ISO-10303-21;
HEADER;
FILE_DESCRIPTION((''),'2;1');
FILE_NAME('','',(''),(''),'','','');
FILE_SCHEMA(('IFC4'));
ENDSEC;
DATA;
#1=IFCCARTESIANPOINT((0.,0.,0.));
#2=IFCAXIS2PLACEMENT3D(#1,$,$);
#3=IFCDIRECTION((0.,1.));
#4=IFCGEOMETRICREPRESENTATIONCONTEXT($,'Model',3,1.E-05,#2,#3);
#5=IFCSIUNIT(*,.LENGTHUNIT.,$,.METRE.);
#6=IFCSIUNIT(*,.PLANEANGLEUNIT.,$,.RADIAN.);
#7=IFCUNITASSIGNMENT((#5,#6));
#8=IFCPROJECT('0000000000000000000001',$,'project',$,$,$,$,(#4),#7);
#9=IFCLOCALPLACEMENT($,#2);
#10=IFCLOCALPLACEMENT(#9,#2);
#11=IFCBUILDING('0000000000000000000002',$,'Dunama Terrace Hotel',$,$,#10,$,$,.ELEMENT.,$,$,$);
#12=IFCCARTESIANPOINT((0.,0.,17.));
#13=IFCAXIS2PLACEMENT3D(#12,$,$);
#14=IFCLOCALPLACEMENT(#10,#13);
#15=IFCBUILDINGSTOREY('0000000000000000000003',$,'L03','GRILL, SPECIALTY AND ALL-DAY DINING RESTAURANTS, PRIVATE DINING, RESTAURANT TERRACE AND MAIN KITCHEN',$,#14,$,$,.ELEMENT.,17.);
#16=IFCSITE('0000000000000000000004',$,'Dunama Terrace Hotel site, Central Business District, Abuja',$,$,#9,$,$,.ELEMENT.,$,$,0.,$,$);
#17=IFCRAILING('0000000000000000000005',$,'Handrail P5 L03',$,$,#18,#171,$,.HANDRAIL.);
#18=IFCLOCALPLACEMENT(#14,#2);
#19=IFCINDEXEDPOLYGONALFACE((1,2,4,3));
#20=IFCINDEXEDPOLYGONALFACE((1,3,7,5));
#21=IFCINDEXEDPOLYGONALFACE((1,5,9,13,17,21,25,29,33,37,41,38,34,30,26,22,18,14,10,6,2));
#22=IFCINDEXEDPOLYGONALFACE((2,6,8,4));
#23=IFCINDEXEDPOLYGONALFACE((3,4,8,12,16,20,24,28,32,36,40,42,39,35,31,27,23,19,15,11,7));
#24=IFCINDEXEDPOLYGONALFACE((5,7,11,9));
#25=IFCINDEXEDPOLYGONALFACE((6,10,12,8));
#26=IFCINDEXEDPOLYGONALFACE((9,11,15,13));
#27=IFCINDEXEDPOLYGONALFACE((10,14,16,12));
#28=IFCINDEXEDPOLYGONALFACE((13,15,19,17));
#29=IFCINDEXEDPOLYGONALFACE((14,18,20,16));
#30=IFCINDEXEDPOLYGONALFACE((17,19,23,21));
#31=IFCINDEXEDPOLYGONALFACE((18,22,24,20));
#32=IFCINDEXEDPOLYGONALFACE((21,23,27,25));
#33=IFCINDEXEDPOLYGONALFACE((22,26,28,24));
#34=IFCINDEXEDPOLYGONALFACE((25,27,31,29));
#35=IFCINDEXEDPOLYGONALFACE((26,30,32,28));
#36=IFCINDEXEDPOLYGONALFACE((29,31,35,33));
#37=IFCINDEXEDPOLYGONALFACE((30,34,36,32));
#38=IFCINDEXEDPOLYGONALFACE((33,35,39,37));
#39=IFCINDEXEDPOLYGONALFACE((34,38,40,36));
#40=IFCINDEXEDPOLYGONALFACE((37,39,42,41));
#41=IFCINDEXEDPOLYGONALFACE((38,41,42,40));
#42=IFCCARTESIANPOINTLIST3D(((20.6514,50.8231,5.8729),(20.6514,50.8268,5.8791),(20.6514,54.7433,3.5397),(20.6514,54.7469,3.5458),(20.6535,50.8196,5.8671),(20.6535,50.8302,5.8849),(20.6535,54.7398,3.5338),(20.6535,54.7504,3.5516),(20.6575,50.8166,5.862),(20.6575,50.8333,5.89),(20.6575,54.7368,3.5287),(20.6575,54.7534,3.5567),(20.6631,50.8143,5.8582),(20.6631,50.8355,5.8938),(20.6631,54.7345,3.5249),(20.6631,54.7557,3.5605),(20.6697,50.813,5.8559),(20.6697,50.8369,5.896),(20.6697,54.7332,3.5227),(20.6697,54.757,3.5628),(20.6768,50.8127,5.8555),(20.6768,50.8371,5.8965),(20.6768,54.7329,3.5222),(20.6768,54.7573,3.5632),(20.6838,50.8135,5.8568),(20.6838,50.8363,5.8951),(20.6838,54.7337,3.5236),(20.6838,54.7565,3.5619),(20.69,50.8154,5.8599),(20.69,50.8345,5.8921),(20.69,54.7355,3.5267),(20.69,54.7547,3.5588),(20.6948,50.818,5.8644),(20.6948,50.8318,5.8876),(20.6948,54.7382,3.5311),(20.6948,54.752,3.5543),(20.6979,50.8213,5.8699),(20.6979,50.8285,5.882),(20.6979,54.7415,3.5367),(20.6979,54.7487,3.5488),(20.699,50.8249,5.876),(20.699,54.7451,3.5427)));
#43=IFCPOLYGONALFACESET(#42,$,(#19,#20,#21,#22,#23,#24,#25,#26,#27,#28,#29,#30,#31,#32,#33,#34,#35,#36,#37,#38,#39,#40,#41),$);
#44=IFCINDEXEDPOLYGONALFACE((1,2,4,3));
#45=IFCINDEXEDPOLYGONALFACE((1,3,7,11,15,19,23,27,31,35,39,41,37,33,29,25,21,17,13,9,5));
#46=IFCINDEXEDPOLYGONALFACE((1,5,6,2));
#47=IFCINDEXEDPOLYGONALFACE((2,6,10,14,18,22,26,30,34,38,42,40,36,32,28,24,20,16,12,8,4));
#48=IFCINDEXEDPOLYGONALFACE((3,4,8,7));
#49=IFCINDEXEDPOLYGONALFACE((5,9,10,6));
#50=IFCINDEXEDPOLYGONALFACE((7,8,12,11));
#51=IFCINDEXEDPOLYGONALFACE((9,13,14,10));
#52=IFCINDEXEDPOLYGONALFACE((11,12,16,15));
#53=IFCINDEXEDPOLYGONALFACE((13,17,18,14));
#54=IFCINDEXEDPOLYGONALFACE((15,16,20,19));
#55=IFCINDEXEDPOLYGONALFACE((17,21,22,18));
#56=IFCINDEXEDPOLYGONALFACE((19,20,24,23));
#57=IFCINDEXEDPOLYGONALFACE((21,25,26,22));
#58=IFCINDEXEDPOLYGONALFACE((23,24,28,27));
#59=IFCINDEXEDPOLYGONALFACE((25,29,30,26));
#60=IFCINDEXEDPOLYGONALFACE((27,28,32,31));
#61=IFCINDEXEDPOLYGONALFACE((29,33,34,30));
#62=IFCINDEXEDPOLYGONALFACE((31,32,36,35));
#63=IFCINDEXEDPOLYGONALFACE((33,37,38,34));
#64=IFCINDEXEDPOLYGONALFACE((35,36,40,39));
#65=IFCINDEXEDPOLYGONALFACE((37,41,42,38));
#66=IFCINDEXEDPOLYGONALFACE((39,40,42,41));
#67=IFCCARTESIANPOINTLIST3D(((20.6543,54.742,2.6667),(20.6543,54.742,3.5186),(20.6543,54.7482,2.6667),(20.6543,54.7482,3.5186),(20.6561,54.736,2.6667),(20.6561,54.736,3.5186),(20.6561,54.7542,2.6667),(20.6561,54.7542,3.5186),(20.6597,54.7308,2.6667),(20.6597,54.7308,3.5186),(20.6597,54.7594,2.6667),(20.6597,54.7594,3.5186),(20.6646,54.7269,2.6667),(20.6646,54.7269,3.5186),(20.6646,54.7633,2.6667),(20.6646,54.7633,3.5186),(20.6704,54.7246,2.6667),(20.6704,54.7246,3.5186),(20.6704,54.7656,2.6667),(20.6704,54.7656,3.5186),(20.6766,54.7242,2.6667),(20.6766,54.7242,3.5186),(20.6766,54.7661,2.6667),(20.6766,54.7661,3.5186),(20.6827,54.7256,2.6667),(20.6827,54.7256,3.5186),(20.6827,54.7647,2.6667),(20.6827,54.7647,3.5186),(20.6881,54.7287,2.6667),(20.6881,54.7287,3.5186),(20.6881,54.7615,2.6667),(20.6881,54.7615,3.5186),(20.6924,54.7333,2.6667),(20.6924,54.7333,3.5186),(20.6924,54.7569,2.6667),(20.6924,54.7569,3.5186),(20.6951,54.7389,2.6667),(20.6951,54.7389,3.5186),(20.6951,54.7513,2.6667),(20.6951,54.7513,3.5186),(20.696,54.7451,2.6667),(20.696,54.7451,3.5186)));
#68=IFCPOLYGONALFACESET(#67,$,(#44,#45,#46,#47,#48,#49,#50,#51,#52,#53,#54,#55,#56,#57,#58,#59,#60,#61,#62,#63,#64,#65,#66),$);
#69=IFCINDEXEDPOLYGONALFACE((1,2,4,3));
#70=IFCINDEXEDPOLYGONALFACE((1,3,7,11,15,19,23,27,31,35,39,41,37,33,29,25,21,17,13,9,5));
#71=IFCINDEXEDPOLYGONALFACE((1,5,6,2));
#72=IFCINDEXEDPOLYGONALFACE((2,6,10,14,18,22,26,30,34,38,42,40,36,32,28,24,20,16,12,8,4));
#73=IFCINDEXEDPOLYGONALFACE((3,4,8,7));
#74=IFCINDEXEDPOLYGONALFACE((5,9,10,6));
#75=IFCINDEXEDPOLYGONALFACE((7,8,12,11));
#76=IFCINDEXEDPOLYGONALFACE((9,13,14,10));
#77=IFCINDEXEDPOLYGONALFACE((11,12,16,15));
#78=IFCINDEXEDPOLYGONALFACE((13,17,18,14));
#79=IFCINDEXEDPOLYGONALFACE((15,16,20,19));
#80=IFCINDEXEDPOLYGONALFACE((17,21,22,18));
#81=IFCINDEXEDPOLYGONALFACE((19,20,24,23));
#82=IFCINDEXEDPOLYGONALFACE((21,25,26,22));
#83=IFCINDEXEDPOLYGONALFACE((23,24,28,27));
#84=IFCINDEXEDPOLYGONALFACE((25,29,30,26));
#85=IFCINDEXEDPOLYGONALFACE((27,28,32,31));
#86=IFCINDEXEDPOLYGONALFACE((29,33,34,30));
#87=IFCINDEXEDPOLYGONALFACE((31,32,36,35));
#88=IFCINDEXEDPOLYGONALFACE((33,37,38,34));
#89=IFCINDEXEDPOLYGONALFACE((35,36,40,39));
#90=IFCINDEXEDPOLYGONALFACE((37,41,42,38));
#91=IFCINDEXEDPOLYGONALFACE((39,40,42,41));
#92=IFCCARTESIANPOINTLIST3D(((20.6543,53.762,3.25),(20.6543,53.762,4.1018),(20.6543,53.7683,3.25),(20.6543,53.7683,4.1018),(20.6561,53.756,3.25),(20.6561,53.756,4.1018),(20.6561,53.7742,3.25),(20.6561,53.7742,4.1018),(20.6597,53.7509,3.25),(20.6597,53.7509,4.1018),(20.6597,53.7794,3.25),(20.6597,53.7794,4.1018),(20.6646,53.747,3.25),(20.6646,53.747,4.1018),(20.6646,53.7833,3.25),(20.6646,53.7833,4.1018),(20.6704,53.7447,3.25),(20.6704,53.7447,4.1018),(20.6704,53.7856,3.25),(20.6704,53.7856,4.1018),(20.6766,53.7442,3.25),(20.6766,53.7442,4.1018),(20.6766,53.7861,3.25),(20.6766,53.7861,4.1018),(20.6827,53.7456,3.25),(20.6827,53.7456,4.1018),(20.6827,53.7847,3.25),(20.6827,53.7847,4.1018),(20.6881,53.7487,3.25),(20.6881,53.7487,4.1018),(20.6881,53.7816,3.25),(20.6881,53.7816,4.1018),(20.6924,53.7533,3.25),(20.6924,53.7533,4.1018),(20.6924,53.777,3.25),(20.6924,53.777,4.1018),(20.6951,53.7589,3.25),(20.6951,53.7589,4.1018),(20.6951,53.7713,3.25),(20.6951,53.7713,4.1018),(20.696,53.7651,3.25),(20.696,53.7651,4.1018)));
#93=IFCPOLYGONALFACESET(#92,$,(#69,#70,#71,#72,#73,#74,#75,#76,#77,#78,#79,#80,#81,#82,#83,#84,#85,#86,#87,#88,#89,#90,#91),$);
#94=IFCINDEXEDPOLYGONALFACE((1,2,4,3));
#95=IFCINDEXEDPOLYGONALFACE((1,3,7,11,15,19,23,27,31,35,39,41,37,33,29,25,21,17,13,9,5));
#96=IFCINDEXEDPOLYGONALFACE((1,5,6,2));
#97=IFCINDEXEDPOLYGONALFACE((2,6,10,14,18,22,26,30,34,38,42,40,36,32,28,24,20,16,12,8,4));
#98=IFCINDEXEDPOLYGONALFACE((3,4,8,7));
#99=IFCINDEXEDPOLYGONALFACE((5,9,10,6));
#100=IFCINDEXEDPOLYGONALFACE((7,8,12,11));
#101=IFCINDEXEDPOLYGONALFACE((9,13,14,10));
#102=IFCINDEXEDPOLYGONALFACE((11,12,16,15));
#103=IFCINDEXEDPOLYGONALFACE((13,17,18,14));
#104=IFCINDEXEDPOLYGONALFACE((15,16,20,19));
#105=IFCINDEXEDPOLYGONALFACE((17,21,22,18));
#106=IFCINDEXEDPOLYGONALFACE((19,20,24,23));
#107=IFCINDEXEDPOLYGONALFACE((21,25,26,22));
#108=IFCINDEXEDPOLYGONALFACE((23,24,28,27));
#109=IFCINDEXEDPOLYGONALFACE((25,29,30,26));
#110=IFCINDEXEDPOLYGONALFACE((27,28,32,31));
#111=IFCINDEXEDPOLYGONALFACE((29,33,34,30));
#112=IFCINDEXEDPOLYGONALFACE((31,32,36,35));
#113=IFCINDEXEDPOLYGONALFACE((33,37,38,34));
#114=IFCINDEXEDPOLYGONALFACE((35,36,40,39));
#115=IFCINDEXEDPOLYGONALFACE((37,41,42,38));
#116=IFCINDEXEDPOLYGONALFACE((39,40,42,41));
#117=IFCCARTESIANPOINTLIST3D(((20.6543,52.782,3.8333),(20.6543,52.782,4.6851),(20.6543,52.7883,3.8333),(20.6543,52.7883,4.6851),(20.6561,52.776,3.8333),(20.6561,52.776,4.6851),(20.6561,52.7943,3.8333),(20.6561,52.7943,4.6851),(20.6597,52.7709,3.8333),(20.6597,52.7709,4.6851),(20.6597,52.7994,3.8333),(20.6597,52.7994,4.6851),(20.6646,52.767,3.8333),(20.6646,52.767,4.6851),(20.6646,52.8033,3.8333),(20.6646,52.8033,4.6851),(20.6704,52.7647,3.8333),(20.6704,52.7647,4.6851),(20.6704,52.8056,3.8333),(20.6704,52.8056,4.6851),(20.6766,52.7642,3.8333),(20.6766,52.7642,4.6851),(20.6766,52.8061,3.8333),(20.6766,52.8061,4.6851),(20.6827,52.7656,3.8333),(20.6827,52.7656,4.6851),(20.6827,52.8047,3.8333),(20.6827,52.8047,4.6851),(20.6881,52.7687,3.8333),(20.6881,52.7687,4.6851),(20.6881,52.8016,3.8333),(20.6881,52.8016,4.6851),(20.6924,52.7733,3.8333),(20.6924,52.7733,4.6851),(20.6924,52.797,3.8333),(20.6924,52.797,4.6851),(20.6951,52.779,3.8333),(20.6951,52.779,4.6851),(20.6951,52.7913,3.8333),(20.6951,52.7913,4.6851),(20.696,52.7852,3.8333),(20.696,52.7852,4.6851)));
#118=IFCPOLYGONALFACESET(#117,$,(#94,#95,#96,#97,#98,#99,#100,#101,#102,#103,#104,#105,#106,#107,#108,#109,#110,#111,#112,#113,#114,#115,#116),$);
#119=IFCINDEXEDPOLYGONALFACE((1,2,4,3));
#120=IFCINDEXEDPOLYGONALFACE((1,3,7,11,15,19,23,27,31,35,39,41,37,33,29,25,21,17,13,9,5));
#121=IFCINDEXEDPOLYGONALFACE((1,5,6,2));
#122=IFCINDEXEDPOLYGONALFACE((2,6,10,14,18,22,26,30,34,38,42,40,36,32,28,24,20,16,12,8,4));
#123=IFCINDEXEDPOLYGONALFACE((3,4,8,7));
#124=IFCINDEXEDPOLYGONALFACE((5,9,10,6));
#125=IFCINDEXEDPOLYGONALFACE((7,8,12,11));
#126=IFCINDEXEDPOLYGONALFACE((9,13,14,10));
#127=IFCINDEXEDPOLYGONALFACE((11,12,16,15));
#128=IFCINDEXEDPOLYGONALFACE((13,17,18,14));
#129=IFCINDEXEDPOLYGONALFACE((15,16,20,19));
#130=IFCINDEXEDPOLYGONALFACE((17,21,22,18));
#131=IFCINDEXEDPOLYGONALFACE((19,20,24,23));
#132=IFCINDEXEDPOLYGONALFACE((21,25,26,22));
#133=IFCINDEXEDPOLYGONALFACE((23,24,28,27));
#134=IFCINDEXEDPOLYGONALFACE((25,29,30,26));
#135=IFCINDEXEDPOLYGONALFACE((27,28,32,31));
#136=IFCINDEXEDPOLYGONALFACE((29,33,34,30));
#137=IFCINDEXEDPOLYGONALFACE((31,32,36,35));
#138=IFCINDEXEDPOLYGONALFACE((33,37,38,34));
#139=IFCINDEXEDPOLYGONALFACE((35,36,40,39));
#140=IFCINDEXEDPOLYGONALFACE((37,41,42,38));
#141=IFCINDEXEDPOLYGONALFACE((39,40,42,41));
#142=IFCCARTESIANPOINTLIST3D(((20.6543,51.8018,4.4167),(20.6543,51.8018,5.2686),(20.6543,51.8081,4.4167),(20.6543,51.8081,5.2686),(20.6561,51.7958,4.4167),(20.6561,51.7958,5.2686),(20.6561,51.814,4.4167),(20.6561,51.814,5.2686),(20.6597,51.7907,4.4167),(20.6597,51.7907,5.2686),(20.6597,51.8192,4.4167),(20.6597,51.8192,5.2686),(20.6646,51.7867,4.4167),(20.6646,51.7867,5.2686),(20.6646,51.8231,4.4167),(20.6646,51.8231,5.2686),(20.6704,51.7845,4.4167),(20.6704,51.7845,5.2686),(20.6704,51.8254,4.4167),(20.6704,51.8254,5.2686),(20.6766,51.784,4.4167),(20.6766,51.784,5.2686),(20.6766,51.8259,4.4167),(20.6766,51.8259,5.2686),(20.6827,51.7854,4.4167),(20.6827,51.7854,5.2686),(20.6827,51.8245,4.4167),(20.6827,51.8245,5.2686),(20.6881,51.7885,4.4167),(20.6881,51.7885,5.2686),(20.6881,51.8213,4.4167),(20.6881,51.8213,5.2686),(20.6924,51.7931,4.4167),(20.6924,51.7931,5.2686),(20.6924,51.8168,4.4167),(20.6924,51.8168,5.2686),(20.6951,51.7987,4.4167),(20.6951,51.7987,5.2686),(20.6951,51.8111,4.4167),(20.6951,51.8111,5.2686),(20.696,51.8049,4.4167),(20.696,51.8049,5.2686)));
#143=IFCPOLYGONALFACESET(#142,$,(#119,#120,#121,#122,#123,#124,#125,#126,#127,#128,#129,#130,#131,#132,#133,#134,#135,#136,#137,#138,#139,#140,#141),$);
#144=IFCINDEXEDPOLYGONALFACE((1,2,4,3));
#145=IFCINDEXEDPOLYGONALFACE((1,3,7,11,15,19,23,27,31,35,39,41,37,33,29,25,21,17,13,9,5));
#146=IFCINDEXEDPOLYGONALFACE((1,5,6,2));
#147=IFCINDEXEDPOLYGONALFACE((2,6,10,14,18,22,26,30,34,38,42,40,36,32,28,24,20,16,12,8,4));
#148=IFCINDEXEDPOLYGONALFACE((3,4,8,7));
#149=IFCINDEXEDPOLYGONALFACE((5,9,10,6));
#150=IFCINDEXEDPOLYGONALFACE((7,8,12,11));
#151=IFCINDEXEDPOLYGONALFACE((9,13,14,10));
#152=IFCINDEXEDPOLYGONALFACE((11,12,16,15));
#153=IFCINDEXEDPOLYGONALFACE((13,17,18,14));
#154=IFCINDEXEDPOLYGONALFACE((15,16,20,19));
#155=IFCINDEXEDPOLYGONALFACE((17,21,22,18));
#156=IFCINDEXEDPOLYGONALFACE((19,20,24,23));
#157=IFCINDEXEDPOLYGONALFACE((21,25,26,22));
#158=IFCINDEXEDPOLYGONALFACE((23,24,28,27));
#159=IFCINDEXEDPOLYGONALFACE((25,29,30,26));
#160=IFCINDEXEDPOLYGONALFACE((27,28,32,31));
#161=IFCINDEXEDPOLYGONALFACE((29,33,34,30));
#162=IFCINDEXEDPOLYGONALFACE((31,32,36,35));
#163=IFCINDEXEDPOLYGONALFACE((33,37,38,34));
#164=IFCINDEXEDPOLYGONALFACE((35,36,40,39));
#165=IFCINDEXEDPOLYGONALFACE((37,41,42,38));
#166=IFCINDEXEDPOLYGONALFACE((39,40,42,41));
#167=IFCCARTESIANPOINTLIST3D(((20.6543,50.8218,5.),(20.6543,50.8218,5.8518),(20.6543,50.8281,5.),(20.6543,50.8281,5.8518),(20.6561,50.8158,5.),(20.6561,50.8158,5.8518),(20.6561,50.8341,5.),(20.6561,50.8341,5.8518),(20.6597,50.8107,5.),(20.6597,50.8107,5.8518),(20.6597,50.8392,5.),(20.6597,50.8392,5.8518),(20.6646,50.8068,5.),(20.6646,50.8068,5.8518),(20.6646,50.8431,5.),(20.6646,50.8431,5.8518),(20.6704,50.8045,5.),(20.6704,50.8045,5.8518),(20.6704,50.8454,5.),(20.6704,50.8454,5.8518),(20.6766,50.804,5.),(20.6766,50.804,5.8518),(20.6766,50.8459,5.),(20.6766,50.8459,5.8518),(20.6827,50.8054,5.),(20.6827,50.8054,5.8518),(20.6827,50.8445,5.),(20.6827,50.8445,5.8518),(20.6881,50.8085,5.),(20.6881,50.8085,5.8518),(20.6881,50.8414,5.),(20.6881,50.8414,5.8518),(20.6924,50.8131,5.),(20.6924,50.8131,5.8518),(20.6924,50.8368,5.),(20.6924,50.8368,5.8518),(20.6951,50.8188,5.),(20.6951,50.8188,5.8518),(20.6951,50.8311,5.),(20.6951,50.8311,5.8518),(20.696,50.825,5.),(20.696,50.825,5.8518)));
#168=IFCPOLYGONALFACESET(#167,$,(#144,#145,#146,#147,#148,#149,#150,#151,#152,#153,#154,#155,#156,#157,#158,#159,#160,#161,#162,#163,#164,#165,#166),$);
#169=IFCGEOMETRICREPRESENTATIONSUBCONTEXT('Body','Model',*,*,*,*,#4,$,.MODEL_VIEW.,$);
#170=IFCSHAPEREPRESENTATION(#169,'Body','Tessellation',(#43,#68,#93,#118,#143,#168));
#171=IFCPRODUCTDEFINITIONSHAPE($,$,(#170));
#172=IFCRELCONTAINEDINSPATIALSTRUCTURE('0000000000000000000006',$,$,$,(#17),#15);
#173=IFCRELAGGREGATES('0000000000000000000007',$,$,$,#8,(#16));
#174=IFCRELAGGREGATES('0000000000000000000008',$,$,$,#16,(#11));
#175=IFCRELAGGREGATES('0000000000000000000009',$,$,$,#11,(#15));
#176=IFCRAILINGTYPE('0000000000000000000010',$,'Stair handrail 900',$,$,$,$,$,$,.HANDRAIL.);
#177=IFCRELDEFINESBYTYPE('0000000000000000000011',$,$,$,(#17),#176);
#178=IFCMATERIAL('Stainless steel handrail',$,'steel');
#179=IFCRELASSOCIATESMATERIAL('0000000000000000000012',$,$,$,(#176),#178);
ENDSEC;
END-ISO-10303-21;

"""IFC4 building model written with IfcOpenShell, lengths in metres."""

from ifc_helpers import new_model, si_unit, direction, frame, origin, origin_2d, place, context, subcontext, project, spatial, circle, extrude, material, type_object, element, save


model = new_model("IFC4")

# Units and contexts
model_context = context("Model", 3, precision=1e-05, world=origin(), true_north=direction((0.0, 1.0)))
body_context = subcontext(model_context, "Body", "Model", "MODEL_VIEW")
ifc_project = project(units=[si_unit("LENGTHUNIT", "METRE"), si_unit("PLANEANGLEUNIT", "RADIAN")], contexts=[model_context])

# Site, building, storey
site_placement = place(None, origin())
site = spatial("IfcSite", under=ifc_project, at=site_placement, Name="Dunama Terrace Hotel site, Central Business District, Abuja", CompositionType="ELEMENT", RefElevation=0.0)
building_placement = place(site_placement, origin())
building = spatial("IfcBuilding", under=site, at=building_placement, Name="Dunama Terrace Hotel", CompositionType="ELEMENT")
storey_placement = place(building_placement, frame((0.0, 0.0, 17.0)))
storey = spatial("IfcBuildingStorey", under=building, at=storey_placement, Name="L03", Description="GRILL, SPECIALTY AND ALL-DAY DINING RESTAURANTS, PRIVATE DINING, RESTAURANT TERRACE AND MAIN KITCHEN", CompositionType="ELEMENT", Elevation=17.0)

# Railing
ifc_material_1 = material(Name="Stainless steel handrail", Category="steel")
railing_type = type_object("IfcRailingType", Name="Stair handrail 900", PredefinedType="HANDRAIL", material=ifc_material_1)
railing_1_placement = place(storey_placement, frame((20.675, 54.7451, 2.6667)))
element("IfcRailing", 1, at=railing_1_placement, inside=storey, type_object=railing_type, Name="Handrail P5 L03", PredefinedType="HANDRAIL", context=body_context, shape_type="SweptSolid", body=[
    extrude(circle(Radius=0.0239, at=origin_2d()), frame((0.0, 0.0, 0.876), z_axis=(0.0, -0.85931, 0.511455), x_axis=(1.0, 0.0, 0.0)), (0.0, 0.0, 1.0), 4.562),
    extrude(circle(Radius=0.021, at=origin_2d()), origin(), (0.0, 0.0, 1.0), 0.8518),
    extrude(circle(Radius=0.021, at=origin_2d()), frame((0.0, -0.98, 0.5833)), (0.0, 0.0, 1.0), 0.8518),
    extrude(circle(Radius=0.021, at=origin_2d()), frame((0.0, -1.96, 1.1665)), (0.0, 0.0, 1.0), 0.8518),
    extrude(circle(Radius=0.021, at=origin_2d()), frame((0.0, -2.9402, 1.75)), (0.0, 0.0, 1.0), 0.8518),
    extrude(circle(Radius=0.021, at=origin_2d()), frame((0.0, -3.9202, 2.3333)), (0.0, 0.0, 1.0), 0.8518),
])

save(model, "model.ifc")
